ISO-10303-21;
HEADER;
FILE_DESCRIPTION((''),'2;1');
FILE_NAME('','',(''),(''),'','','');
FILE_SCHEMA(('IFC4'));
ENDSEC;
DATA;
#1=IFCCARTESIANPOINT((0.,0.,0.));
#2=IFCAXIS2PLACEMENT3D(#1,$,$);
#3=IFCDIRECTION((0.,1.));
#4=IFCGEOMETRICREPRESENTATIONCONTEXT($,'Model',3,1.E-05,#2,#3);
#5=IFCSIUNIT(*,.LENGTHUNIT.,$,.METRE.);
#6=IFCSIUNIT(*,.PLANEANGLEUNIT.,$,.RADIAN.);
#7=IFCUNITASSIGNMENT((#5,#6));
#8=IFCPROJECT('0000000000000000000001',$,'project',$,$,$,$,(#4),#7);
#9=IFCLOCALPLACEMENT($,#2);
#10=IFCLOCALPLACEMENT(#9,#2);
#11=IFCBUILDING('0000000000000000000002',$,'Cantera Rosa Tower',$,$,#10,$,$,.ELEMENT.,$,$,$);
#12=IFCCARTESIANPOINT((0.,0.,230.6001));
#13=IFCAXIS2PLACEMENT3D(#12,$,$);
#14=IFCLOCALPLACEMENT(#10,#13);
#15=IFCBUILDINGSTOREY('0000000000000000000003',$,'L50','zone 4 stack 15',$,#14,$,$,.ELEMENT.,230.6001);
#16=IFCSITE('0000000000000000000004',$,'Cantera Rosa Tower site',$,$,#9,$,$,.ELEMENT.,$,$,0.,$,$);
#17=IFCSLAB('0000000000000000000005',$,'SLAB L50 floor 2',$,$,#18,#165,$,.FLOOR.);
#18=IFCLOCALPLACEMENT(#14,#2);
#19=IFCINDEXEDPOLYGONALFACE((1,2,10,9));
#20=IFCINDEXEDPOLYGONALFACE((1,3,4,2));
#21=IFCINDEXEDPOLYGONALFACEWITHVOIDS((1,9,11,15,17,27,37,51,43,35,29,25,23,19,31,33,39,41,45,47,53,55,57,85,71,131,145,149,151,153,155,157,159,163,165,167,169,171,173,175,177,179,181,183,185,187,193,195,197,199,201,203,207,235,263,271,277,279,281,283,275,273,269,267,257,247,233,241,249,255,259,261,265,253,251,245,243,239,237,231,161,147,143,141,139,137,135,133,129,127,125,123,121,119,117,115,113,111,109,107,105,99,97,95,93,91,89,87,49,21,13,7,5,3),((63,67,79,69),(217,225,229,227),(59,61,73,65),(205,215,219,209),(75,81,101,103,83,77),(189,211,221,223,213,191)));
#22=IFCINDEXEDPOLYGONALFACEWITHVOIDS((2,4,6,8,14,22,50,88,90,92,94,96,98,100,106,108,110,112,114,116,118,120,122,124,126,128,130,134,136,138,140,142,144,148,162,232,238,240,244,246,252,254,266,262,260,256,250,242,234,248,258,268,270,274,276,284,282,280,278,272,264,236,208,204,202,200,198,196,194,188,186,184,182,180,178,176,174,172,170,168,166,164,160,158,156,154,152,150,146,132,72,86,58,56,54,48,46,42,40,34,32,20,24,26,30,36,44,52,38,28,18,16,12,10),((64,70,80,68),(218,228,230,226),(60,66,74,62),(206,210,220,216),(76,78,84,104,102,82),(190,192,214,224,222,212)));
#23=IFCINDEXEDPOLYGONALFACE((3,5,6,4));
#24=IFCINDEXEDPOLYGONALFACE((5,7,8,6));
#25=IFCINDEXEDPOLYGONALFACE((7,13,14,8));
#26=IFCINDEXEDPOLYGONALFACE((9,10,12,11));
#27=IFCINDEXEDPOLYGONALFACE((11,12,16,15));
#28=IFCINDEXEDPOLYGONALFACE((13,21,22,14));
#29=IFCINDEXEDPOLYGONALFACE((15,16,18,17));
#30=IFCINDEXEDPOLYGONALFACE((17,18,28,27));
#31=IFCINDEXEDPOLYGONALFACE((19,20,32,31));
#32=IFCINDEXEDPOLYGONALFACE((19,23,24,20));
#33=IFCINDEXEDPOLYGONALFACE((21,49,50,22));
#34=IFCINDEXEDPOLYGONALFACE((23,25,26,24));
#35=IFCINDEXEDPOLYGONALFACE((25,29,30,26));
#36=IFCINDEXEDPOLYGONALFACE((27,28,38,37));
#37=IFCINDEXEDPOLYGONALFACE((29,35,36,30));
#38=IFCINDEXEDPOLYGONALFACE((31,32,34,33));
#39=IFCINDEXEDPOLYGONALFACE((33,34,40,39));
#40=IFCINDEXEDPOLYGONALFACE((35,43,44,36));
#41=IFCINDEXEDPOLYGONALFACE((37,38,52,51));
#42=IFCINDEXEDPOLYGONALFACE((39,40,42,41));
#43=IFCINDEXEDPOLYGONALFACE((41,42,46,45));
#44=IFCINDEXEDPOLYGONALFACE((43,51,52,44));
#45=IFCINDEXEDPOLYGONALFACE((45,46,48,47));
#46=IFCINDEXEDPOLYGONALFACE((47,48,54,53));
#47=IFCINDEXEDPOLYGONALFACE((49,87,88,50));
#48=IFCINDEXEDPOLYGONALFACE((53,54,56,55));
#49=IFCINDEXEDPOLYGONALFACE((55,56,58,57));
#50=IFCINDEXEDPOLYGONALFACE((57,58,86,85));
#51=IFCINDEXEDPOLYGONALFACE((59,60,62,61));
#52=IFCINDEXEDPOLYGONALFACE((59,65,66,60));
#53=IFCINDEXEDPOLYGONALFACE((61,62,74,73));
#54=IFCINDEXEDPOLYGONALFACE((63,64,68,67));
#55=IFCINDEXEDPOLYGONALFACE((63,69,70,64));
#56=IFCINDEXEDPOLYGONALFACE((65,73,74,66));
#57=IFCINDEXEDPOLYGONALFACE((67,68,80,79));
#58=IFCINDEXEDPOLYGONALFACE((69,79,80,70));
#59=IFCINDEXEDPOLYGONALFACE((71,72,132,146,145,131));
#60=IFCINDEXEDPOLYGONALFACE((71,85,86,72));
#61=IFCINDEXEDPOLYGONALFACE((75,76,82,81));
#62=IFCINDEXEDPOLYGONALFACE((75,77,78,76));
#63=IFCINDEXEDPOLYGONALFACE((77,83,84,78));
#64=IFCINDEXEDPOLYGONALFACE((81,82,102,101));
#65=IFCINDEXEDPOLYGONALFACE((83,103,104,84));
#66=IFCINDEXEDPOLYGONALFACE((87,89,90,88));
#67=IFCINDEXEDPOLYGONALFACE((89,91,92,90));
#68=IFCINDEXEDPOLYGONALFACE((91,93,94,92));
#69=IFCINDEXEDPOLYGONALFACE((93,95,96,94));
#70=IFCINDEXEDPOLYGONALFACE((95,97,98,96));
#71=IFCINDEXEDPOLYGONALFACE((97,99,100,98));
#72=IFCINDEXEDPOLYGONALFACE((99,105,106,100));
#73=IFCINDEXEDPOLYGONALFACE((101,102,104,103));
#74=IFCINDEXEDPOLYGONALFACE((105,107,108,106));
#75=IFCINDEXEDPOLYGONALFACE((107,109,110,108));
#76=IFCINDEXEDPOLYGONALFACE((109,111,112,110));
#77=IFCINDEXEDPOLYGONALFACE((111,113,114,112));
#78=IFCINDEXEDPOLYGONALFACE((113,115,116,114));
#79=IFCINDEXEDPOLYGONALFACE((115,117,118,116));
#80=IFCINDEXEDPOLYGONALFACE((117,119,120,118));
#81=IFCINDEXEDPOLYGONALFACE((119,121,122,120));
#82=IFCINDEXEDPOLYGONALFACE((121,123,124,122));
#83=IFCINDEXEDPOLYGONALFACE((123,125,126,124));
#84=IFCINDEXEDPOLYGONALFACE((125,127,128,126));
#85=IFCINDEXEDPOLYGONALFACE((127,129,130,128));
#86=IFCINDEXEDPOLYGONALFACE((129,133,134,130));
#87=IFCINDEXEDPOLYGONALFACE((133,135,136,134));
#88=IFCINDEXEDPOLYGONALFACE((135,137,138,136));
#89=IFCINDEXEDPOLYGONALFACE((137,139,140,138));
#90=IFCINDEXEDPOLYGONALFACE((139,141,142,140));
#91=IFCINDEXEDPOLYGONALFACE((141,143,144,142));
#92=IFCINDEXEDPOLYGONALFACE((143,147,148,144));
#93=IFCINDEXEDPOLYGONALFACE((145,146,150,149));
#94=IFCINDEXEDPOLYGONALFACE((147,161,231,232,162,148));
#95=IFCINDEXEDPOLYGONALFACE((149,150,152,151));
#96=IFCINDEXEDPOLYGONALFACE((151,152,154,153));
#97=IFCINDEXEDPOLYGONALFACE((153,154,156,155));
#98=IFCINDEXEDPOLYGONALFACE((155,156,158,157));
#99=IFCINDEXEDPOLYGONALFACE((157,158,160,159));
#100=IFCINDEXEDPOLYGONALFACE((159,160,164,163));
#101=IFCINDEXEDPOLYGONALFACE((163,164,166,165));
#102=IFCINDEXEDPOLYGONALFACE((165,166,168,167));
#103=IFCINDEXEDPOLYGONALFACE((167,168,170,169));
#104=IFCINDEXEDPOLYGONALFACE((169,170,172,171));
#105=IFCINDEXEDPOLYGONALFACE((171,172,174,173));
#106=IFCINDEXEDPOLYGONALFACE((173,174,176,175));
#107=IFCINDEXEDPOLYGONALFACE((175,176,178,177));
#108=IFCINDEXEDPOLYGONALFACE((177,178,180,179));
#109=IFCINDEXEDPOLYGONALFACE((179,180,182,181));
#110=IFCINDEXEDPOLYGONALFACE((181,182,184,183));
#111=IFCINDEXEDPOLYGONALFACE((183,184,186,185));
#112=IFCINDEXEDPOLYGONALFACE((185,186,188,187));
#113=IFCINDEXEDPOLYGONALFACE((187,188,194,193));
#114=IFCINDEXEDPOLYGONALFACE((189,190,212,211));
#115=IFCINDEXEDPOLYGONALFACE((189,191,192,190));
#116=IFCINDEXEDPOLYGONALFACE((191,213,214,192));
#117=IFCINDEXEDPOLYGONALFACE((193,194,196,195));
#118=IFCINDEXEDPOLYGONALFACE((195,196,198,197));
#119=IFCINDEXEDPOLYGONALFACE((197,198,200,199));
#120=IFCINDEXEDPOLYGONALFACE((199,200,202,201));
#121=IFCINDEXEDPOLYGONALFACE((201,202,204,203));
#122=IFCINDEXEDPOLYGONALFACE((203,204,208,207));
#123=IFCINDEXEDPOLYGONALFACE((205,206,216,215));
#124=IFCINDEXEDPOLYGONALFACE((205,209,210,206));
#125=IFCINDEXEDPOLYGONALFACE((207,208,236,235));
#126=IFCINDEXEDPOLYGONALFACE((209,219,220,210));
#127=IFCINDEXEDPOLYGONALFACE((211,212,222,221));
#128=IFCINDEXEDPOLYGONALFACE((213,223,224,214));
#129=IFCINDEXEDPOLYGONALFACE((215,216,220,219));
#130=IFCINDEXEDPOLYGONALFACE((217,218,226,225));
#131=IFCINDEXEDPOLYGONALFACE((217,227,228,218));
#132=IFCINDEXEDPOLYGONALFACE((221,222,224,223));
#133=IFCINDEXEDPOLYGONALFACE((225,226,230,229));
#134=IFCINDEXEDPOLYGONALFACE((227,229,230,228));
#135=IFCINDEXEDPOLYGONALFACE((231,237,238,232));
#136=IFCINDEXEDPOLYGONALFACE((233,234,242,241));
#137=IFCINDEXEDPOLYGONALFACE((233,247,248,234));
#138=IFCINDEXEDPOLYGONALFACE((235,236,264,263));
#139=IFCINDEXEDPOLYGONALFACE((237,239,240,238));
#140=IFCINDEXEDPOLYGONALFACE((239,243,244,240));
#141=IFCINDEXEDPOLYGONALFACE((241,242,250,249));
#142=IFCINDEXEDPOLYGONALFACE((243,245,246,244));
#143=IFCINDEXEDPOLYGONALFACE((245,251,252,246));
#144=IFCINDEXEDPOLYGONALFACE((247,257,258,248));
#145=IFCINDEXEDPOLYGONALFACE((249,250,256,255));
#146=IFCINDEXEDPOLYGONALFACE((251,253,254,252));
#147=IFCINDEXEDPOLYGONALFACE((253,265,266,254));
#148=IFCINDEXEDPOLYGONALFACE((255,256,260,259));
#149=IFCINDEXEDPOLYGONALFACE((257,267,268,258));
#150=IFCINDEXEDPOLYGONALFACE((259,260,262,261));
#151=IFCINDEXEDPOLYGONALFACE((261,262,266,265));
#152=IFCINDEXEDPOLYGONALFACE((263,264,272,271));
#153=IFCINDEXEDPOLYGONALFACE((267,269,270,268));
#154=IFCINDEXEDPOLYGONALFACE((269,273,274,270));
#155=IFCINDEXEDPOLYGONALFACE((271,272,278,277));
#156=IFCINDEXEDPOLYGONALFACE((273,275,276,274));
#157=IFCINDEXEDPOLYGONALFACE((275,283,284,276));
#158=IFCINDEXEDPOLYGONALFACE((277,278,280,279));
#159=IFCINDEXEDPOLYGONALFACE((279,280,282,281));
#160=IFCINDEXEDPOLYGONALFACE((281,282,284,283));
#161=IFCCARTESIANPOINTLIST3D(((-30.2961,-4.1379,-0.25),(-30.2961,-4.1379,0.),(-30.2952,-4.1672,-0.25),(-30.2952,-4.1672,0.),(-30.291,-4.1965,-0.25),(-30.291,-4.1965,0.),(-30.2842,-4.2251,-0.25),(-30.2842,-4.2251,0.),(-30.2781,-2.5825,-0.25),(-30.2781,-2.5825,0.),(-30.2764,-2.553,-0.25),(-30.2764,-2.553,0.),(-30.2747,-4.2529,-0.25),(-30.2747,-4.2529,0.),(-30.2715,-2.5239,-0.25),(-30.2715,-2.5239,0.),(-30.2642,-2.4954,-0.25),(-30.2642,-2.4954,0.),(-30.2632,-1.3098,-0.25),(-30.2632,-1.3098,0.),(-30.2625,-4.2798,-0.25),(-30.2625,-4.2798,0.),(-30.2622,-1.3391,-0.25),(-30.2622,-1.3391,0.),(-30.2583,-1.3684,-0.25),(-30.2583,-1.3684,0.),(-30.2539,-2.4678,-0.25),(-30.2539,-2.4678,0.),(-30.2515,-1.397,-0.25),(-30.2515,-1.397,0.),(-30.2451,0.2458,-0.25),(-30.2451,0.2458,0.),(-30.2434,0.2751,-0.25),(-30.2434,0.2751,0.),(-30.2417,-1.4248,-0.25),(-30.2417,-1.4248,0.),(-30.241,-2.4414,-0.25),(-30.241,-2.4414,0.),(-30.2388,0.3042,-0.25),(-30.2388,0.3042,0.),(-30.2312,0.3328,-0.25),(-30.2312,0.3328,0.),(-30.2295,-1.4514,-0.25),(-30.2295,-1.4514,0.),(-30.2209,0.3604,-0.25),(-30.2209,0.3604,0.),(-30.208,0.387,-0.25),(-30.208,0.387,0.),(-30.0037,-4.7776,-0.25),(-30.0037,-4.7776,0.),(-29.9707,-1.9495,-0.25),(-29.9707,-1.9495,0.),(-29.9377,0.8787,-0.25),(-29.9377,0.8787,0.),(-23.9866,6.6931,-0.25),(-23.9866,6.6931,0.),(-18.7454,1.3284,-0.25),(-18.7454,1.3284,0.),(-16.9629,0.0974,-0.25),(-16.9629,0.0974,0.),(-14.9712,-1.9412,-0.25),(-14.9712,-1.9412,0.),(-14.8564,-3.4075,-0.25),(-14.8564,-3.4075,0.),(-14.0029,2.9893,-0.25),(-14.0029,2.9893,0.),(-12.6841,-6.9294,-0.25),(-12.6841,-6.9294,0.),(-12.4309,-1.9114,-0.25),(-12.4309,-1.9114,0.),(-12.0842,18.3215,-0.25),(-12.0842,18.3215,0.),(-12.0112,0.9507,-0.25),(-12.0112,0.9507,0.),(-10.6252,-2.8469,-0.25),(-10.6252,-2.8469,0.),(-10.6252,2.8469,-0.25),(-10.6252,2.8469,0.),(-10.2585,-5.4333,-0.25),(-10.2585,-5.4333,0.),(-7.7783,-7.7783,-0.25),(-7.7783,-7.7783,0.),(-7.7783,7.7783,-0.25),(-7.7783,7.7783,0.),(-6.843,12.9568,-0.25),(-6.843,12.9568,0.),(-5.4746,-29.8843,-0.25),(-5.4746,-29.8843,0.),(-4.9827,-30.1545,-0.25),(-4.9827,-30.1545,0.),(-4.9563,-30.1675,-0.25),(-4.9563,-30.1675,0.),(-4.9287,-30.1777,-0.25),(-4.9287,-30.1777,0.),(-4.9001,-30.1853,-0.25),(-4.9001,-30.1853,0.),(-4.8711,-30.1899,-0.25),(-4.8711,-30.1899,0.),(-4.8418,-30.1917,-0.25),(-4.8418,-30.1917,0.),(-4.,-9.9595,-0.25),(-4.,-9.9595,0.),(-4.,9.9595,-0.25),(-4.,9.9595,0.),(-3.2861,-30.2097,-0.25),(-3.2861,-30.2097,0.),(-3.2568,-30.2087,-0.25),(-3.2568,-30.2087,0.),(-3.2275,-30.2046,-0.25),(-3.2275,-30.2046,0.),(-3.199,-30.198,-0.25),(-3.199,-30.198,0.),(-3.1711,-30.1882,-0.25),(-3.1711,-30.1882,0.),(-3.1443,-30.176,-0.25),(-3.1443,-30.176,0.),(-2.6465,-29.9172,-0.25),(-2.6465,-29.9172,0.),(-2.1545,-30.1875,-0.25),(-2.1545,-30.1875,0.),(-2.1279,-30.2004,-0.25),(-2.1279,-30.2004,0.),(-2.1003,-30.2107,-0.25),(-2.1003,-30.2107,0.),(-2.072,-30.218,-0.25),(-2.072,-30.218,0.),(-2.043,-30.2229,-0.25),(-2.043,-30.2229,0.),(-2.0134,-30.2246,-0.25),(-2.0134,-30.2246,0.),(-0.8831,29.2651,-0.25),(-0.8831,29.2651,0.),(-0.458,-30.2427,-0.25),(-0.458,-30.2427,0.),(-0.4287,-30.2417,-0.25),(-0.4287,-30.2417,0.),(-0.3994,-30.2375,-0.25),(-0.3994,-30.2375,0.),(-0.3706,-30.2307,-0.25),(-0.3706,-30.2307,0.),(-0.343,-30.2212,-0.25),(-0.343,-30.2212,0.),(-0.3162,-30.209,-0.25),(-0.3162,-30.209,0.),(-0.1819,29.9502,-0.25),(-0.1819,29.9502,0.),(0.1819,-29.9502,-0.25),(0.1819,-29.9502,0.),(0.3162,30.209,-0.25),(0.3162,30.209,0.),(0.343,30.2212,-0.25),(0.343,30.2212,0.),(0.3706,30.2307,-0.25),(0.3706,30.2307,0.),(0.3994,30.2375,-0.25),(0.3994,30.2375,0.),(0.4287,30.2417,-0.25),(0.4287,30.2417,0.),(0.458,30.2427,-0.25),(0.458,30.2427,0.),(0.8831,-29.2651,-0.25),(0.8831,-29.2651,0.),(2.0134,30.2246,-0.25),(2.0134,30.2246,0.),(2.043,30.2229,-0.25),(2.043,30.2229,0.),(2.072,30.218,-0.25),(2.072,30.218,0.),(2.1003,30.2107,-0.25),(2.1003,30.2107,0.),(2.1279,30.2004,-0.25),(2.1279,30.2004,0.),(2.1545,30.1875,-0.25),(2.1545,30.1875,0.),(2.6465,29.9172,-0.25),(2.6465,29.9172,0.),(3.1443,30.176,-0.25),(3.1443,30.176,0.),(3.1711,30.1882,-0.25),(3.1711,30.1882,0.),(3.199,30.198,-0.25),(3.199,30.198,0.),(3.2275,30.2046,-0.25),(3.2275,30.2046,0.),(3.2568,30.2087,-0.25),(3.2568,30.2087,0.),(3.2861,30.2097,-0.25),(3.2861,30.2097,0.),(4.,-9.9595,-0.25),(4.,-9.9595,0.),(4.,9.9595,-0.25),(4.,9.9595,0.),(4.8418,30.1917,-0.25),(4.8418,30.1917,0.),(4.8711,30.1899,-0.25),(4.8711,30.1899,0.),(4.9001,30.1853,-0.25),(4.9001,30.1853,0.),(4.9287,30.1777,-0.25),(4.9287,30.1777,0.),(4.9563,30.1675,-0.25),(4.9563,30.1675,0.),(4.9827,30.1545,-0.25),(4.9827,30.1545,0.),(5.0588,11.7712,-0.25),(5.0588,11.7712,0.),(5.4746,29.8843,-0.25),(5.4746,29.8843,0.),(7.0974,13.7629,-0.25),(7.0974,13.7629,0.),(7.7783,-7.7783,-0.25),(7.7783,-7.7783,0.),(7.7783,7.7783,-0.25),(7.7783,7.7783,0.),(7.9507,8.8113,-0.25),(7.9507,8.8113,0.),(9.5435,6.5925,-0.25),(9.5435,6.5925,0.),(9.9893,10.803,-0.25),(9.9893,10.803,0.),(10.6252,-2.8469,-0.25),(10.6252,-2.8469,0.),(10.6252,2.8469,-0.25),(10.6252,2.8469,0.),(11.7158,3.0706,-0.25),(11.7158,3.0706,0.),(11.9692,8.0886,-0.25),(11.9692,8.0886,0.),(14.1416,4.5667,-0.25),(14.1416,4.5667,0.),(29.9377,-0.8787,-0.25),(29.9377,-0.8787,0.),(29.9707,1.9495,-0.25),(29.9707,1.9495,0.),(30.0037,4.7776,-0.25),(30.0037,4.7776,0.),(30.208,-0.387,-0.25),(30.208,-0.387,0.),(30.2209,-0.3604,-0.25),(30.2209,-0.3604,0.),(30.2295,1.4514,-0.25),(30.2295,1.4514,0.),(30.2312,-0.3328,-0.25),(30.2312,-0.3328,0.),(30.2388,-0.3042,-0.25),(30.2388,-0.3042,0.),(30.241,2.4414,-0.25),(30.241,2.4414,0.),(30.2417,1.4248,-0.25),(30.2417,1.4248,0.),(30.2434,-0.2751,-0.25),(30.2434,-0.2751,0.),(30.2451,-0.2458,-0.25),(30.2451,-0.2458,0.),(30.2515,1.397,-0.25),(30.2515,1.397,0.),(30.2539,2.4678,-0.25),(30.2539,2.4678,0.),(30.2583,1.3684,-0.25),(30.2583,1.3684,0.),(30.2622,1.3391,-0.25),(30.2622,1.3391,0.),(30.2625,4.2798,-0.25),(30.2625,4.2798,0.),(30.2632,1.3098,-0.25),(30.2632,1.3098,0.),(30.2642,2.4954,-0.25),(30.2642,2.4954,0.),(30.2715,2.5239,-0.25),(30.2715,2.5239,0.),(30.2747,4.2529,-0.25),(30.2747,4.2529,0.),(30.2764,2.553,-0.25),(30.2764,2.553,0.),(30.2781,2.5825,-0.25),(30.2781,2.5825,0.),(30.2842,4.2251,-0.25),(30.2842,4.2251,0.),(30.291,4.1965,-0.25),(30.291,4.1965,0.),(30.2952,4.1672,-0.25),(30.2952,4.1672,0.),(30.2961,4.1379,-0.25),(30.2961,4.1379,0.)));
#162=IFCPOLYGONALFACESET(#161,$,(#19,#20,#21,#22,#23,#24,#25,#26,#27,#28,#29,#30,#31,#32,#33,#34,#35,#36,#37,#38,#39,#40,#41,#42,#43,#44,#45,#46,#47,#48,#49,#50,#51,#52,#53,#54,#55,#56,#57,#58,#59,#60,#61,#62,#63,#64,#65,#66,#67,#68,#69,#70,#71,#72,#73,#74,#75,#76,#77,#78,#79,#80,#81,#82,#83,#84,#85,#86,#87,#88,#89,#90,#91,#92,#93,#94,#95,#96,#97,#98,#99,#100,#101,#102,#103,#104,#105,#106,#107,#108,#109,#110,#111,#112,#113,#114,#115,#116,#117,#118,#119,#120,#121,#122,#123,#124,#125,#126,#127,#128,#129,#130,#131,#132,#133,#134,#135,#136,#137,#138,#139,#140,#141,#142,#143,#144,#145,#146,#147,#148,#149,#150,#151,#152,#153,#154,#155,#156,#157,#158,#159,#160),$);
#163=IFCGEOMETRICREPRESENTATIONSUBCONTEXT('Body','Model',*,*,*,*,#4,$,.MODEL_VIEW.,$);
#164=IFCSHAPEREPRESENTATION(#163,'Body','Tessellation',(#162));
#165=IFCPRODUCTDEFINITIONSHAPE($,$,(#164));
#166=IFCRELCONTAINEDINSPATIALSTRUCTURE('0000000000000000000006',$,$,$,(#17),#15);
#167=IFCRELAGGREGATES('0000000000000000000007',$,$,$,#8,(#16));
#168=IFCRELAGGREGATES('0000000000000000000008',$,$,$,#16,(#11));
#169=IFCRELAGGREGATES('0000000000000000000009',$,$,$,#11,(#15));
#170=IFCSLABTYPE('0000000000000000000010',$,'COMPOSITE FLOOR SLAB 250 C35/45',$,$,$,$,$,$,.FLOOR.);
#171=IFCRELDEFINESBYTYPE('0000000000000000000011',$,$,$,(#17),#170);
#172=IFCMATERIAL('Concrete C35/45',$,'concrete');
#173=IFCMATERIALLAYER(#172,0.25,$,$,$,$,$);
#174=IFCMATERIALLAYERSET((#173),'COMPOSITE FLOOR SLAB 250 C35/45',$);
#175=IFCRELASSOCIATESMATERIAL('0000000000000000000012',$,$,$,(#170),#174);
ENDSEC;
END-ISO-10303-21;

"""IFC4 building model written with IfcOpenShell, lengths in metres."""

from ifc_helpers import new_model, si_unit, direction, frame, origin, place, context, subcontext, project, spatial, polyline, outline, extrude, material, layer, layer_set, type_object, element, save


model = new_model("IFC4")

# Units and contexts
model_context = context("Model", 3, precision=1e-05, world=origin(), true_north=direction((0.0, 1.0)))
body_context = subcontext(model_context, "Body", "Model", "MODEL_VIEW")
ifc_project = project(units=[si_unit("LENGTHUNIT", "METRE"), si_unit("PLANEANGLEUNIT", "RADIAN")], contexts=[model_context])

# Site, building, storey
site_placement = place(None, origin())
site = spatial("IfcSite", under=ifc_project, at=site_placement, Name="Cantera Rosa Tower site", CompositionType="ELEMENT", RefElevation=0.0)
building_placement = place(site_placement, origin())
building = spatial("IfcBuilding", under=site, at=building_placement, Name="Cantera Rosa Tower", CompositionType="ELEMENT")
storey_placement = place(building_placement, frame((0.0, 0.0, 230.6001)))
storey = spatial("IfcBuildingStorey", under=building, at=storey_placement, Name="L50", Description="zone 4 stack 15", CompositionType="ELEMENT", Elevation=230.6001)

# Slab
ifc_material_1 = material(Name="Concrete C35/45", Category="concrete")
ifc_layer_1 = layer(ifc_material_1, 0.25)
ifc_layer_set_1 = layer_set([ifc_layer_1], Name="COMPOSITE FLOOR SLAB 250 C35/45")
slab_type_1 = type_object("IfcSlabType", Name="COMPOSITE FLOOR SLAB 250 C35/45", PredefinedType="FLOOR", material=ifc_layer_set_1)
slab_1_placement = place(storey_placement, frame((0.0, 0.0, -0.25)))
element("IfcSlab", 1, at=slab_1_placement, inside=storey, type_object=slab_type_1, Name="SLAB L50 floor 2", PredefinedType="FLOOR", context=body_context, shape_type="SweptSolid", body=[
    extrude(outline(polyline([(-2.1279, -30.2004), (-2.1545, -30.1875), (-2.6465, -29.9172), (-3.1443, -30.176), (-3.1711, -30.1882), (-3.199, -30.198), (-3.2275, -30.2046), (-3.2568, -30.2087), (-3.2861, -30.2097), (-4.8418, -30.1917), (-4.8711, -30.1899), (-4.9001, -30.1853), (-4.9287, -30.1777), (-4.9563, -30.1675), (-4.9827, -30.1545), (-5.4746, -29.8843), (-30.0037, -4.7776), (-30.2625, -4.2798), (-30.2747, -4.2529), (-30.2842, -4.2251), (-30.291, -4.1965), (-30.2952, -4.1672), (-30.2961, -4.1379), (-30.2781, -2.5825), (-30.2764, -2.553), (-30.2715, -2.5239), (-30.2642, -2.4954), (-30.2539, -2.4678), (-30.241, -2.4414), (-29.9707, -1.9495), (-30.2295, -1.4514), (-30.2417, -1.4248), (-30.2515, -1.397), (-30.2583, -1.3684), (-30.2622, -1.3391), (-30.2632, -1.3098), (-30.2451, 0.2458), (-30.2434, 0.2751), (-30.2388, 0.3042), (-30.2312, 0.3328), (-30.2209, 0.3604), (-30.208, 0.387), (-29.9377, 0.8787), (-23.9866, 6.6931), (-18.7454, 1.3284), (-6.843, 12.9568), (-12.0842, 18.3215), (-0.8831, 29.2651), (-0.1819, 29.9502), (0.3162, 30.209), (0.343, 30.2212), (0.3706, 30.2307), (0.3994, 30.2375), (0.4287, 30.2417), (0.458, 30.2427), (2.0134, 30.2246), (2.043, 30.2229), (2.072, 30.218), (2.1003, 30.2107), (2.1279, 30.2004), (2.1545, 30.1875), (2.6465, 29.9172), (3.1443, 30.176), (3.1711, 30.1882), (3.199, 30.198), (3.2275, 30.2046), (3.2568, 30.2087), (3.2861, 30.2097), (4.8418, 30.1917), (4.8711, 30.1899), (4.9001, 30.1853), (4.9287, 30.1777), (4.9563, 30.1675), (4.9827, 30.1545), (5.4746, 29.8843), (30.0037, 4.7776), (30.2625, 4.2798), (30.2747, 4.2529), (30.2842, 4.2251), (30.291, 4.1965), (30.2952, 4.1672), (30.2961, 4.1379), (30.2781, 2.5825), (30.2764, 2.553), (30.2715, 2.5239), (30.2642, 2.4954), (30.2539, 2.4678), (30.241, 2.4414), (29.9707, 1.9495), (30.2295, 1.4514), (30.2417, 1.4248), (30.2515, 1.397), (30.2583, 1.3684), (30.2622, 1.3391), (30.2632, 1.3098), (30.2451, -0.2458), (30.2434, -0.2751), (30.2388, -0.3042), (30.2312, -0.3328), (30.2209, -0.3604), (30.208, -0.387), (29.9377, -0.8787), (0.8831, -29.2651), (0.1819, -29.9502), (-0.3162, -30.209), (-0.343, -30.2212), (-0.3706, -30.2307), (-0.3994, -30.2375), (-0.4287, -30.2417), (-0.458, -30.2427), (-2.0134, -30.2246), (-2.043, -30.2229), (-2.072, -30.218), (-2.1003, -30.2107), (-2.1279, -30.2004)]), holes=[polyline([(-12.4309, -1.9114), (-14.8564, -3.4075), (-12.6841, -6.9294), (-10.2585, -5.4333), (-12.4309, -1.9114)]), polyline([(-7.7783, 7.7783), (-10.6252, 2.8469), (-10.6252, -2.8469), (-7.7783, -7.7783), (-4.0, -9.9595), (-4.0, 9.9595), (-7.7783, 7.7783)]), polyline([(-14.0029, 2.9893), (-16.9629, 0.0974), (-14.9712, -1.9412), (-12.0112, 0.9507), (-14.0029, 2.9893)]), polyline([(7.7783, -7.7783), (10.6252, -2.8469), (10.6252, 2.8469), (7.7783, 7.7783), (4.0, 9.9595), (4.0, -9.9595), (7.7783, -7.7783)]), polyline([(14.1416, 4.5667), (11.9692, 8.0886), (9.5435, 6.5925), (11.7158, 3.0706), (14.1416, 4.5667)]), polyline([(9.9893, 10.803), (7.0974, 13.7629), (5.0588, 11.7712), (7.9507, 8.8113), (9.9893, 10.803)])]), origin(), (0.0, 0.0, 1.0), 0.25),
])

save(model, "model.ifc")
